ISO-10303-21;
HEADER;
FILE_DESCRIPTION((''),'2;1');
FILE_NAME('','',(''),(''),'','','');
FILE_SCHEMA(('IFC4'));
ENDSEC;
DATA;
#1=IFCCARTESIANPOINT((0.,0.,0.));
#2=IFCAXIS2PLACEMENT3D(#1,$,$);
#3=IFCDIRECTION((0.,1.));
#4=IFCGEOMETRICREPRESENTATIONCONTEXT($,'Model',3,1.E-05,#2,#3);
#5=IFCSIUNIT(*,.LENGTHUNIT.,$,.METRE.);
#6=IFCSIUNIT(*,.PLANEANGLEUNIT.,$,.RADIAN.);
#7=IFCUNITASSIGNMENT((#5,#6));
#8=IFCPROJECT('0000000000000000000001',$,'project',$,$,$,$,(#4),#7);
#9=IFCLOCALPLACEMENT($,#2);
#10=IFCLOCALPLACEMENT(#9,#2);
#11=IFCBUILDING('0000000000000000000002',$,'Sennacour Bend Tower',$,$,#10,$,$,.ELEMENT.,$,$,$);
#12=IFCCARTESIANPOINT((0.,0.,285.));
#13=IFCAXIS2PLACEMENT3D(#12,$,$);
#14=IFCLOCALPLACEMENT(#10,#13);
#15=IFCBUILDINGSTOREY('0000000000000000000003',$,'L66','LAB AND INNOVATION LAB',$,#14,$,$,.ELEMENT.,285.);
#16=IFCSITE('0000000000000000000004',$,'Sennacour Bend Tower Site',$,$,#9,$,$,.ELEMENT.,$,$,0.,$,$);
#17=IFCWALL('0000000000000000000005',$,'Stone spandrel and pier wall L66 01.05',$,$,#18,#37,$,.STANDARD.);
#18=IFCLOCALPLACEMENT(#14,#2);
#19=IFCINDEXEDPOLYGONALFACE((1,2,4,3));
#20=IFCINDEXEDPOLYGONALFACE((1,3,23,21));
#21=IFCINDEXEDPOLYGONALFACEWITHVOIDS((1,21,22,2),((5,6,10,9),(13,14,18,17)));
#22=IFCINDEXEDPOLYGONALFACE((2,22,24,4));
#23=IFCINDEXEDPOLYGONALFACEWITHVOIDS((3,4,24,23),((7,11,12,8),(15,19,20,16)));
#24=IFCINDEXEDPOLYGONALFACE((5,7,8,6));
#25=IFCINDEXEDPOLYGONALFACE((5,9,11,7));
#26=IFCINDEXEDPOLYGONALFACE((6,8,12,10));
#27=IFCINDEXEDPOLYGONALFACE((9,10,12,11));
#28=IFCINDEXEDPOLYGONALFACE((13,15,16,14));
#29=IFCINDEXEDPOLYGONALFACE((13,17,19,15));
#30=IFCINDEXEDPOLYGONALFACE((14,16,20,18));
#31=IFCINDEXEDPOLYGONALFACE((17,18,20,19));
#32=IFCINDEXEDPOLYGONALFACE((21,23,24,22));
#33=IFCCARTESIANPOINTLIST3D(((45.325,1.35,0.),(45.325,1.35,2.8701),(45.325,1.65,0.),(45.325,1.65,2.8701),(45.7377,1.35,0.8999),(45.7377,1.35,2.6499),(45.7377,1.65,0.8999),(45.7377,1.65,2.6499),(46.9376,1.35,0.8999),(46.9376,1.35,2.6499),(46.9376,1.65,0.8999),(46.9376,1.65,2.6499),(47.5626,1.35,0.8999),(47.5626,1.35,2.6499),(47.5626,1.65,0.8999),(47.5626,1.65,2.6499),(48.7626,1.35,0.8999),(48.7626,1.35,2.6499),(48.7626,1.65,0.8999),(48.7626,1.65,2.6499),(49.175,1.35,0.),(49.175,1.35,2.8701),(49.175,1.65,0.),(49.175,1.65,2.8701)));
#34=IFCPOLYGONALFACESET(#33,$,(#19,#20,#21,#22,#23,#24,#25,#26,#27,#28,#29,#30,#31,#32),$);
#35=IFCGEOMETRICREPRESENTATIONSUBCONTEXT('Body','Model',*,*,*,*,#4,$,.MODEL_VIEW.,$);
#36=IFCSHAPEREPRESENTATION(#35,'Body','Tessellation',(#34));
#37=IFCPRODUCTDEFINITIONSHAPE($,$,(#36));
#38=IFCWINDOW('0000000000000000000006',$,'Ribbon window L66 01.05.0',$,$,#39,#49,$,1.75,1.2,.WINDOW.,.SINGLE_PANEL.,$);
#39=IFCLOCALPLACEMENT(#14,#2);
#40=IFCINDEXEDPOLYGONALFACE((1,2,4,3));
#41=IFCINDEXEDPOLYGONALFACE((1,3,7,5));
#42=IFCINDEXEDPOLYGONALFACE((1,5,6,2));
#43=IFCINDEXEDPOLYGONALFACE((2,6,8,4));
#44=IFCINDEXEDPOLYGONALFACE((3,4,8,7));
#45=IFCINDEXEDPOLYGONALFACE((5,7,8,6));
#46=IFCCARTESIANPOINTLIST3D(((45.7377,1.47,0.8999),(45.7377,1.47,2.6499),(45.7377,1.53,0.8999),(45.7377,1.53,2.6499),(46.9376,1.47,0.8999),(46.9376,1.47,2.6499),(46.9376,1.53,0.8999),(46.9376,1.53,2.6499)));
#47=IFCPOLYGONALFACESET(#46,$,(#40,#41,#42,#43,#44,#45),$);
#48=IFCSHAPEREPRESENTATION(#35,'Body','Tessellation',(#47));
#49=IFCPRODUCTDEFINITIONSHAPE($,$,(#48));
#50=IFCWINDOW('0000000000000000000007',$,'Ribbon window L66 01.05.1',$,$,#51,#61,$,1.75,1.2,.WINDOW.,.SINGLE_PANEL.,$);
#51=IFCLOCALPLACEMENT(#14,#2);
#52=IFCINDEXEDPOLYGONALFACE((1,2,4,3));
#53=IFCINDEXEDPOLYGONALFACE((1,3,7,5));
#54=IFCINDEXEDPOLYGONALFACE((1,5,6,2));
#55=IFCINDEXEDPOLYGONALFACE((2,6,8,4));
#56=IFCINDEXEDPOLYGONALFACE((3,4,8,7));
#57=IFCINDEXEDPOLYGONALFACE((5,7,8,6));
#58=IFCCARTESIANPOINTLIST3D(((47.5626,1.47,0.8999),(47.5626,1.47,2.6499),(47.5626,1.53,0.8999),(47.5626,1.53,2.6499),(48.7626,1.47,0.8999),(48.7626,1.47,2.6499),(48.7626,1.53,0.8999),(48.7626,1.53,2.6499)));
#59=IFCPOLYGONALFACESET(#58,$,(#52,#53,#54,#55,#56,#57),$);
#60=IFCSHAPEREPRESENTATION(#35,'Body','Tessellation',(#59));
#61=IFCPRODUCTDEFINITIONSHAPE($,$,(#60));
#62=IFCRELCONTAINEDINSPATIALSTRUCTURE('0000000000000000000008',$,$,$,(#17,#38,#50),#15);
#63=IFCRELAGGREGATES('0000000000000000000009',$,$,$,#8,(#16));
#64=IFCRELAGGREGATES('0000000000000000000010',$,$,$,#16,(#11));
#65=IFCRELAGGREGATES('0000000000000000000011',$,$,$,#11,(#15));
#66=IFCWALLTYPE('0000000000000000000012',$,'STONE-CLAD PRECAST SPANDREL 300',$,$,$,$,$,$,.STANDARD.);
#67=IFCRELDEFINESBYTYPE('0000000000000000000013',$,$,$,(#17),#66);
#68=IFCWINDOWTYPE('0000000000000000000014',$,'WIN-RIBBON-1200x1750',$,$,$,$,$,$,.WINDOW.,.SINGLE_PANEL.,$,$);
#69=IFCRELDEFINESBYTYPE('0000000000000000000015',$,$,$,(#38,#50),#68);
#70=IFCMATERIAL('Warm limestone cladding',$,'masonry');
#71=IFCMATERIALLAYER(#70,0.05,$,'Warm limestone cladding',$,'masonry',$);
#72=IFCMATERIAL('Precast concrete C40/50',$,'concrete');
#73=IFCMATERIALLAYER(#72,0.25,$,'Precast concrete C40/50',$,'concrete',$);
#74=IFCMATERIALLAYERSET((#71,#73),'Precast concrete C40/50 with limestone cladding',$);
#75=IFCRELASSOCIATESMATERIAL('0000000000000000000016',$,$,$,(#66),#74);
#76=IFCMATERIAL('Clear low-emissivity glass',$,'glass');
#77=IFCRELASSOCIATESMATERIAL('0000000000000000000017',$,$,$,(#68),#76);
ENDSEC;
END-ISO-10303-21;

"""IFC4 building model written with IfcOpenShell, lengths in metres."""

from ifc_helpers import new_model, si_unit, direction, frame, frame_2d, origin, place, context, subcontext, project, spatial, rectangle, extrude, material, layer, layer_set, type_object, element, fill, save


model = new_model("IFC4")

# Units and contexts
model_context = context("Model", 3, precision=1e-05, world=origin(), true_north=direction((0.0, 1.0)))
body_context = subcontext(model_context, "Body", "Model", "MODEL_VIEW")
ifc_project = project(units=[si_unit("LENGTHUNIT", "METRE"), si_unit("PLANEANGLEUNIT", "RADIAN")], contexts=[model_context])

# Site, building, storey
site_placement = place(None, origin())
site = spatial("IfcSite", under=ifc_project, at=site_placement, Name="Sennacour Bend Tower Site", CompositionType="ELEMENT", RefElevation=0.0)
building_placement = place(site_placement, origin())
building = spatial("IfcBuilding", under=site, at=building_placement, Name="Sennacour Bend Tower", CompositionType="ELEMENT")
storey_placement = place(building_placement, frame((0.0, 0.0, 285.0)))
storey = spatial("IfcBuildingStorey", under=building, at=storey_placement, Name="L66", Description="LAB AND INNOVATION LAB", CompositionType="ELEMENT", Elevation=285.0)

# Wall, openings, windows
ifc_material_1 = material(Name="Warm limestone cladding", Category="masonry")
ifc_layer_1 = layer(ifc_material_1, 0.05, Name="Warm limestone cladding", Category="masonry")
ifc_material_2 = material(Name="Precast concrete C40/50", Category="concrete")
ifc_layer_2 = layer(ifc_material_2, 0.25, Name="Precast concrete C40/50", Category="concrete")
ifc_layer_set_1 = layer_set([ifc_layer_1, ifc_layer_2], Name="Precast concrete C40/50 with limestone cladding")
wall_type_1 = type_object("IfcWallType", Name="STONE-CLAD PRECAST SPANDREL 300", PredefinedType="STANDARD", material=ifc_layer_set_1)
wall_1_placement = place(storey_placement, frame((45.325, 1.5, 0.0), z_axis=(0.0, 0.0, 1.0), x_axis=(1.0, 0.0, 0.0)))
wall_1 = element("IfcWall", 1, at=wall_1_placement, inside=storey, type_object=wall_type_1, Name="Stone spandrel and pier wall L66 01.05", PredefinedType="STANDARD", context=body_context, shape_type="SweptSolid", body=[
    extrude(rectangle(XDim=3.8501, YDim=0.3, at=frame_2d((1.925, 0.0))), origin(), (0.0, 0.0, 1.0), 2.8701),
])
opening_1_placement = place(wall_1_placement, frame((0.4126, 0.0, 0.8999)))
opening_1 = element("IfcOpeningElement", 2, at=opening_1_placement, cuts=wall_1, PredefinedType="OPENING", context=body_context, shape_type="SweptSolid", body=[
    extrude(rectangle(XDim=1.2, YDim=1.75, at=frame_2d((0.6001, 0.875))), frame((0.0, 0.1602, 0.0), z_axis=(0.0, -1.0, 0.0), x_axis=(1.0, 0.0, 0.0)), (0.0, 0.0, 1.0), 0.3201),
])
opening_2_placement = place(wall_1_placement, frame((2.2375, 0.0, 0.8999)))
opening_2 = element("IfcOpeningElement", 3, at=opening_2_placement, cuts=wall_1, PredefinedType="OPENING", context=body_context, shape_type="SweptSolid", body=[
    extrude(rectangle(XDim=1.2, YDim=1.75, at=frame_2d((0.6001, 0.875))), frame((0.0, 0.1602, 0.0), z_axis=(0.0, -1.0, 0.0), x_axis=(1.0, 0.0, 0.0)), (0.0, 0.0, 1.0), 0.3201),
])
ifc_material_3 = material(Name="Clear low-emissivity glass", Category="glass")
window_type = type_object("IfcWindowType", Name="WIN-RIBBON-1200x1750", PartitioningType="SINGLE_PANEL", PredefinedType="WINDOW", material=ifc_material_3)
window_1_placement = place(opening_1_placement, origin())
window_1 = element("IfcWindow", 4, at=window_1_placement, inside=storey, type_object=window_type, Name="Ribbon window L66 01.05.0", OverallHeight=1.75, OverallWidth=1.2, PartitioningType="SINGLE_PANEL", PredefinedType="WINDOW", context=body_context, shape_type="SweptSolid", body=[
    extrude(rectangle(XDim=1.2, YDim=1.75, at=frame_2d((0.6001, 0.875))), frame((0.0, 0.03, 0.0), z_axis=(0.0, -1.0, 0.0), x_axis=(1.0, 0.0, 0.0)), (0.0, 0.0, 1.0), 0.0601),
])
fill(opening_1, window_1)
window_2_placement = place(opening_2_placement, origin())
window_2 = element("IfcWindow", 5, at=window_2_placement, inside=storey, type_object=window_type, Name="Ribbon window L66 01.05.1", OverallHeight=1.75, OverallWidth=1.2, PartitioningType="SINGLE_PANEL", PredefinedType="WINDOW", context=body_context, shape_type="SweptSolid", body=[
    extrude(rectangle(XDim=1.2, YDim=1.75, at=frame_2d((0.6001, 0.875))), frame((0.0, 0.03, 0.0), z_axis=(0.0, -1.0, 0.0), x_axis=(1.0, 0.0, 0.0)), (0.0, 0.0, 1.0), 0.0601),
])
fill(opening_2, window_2)

save(model, "model.ifc")
